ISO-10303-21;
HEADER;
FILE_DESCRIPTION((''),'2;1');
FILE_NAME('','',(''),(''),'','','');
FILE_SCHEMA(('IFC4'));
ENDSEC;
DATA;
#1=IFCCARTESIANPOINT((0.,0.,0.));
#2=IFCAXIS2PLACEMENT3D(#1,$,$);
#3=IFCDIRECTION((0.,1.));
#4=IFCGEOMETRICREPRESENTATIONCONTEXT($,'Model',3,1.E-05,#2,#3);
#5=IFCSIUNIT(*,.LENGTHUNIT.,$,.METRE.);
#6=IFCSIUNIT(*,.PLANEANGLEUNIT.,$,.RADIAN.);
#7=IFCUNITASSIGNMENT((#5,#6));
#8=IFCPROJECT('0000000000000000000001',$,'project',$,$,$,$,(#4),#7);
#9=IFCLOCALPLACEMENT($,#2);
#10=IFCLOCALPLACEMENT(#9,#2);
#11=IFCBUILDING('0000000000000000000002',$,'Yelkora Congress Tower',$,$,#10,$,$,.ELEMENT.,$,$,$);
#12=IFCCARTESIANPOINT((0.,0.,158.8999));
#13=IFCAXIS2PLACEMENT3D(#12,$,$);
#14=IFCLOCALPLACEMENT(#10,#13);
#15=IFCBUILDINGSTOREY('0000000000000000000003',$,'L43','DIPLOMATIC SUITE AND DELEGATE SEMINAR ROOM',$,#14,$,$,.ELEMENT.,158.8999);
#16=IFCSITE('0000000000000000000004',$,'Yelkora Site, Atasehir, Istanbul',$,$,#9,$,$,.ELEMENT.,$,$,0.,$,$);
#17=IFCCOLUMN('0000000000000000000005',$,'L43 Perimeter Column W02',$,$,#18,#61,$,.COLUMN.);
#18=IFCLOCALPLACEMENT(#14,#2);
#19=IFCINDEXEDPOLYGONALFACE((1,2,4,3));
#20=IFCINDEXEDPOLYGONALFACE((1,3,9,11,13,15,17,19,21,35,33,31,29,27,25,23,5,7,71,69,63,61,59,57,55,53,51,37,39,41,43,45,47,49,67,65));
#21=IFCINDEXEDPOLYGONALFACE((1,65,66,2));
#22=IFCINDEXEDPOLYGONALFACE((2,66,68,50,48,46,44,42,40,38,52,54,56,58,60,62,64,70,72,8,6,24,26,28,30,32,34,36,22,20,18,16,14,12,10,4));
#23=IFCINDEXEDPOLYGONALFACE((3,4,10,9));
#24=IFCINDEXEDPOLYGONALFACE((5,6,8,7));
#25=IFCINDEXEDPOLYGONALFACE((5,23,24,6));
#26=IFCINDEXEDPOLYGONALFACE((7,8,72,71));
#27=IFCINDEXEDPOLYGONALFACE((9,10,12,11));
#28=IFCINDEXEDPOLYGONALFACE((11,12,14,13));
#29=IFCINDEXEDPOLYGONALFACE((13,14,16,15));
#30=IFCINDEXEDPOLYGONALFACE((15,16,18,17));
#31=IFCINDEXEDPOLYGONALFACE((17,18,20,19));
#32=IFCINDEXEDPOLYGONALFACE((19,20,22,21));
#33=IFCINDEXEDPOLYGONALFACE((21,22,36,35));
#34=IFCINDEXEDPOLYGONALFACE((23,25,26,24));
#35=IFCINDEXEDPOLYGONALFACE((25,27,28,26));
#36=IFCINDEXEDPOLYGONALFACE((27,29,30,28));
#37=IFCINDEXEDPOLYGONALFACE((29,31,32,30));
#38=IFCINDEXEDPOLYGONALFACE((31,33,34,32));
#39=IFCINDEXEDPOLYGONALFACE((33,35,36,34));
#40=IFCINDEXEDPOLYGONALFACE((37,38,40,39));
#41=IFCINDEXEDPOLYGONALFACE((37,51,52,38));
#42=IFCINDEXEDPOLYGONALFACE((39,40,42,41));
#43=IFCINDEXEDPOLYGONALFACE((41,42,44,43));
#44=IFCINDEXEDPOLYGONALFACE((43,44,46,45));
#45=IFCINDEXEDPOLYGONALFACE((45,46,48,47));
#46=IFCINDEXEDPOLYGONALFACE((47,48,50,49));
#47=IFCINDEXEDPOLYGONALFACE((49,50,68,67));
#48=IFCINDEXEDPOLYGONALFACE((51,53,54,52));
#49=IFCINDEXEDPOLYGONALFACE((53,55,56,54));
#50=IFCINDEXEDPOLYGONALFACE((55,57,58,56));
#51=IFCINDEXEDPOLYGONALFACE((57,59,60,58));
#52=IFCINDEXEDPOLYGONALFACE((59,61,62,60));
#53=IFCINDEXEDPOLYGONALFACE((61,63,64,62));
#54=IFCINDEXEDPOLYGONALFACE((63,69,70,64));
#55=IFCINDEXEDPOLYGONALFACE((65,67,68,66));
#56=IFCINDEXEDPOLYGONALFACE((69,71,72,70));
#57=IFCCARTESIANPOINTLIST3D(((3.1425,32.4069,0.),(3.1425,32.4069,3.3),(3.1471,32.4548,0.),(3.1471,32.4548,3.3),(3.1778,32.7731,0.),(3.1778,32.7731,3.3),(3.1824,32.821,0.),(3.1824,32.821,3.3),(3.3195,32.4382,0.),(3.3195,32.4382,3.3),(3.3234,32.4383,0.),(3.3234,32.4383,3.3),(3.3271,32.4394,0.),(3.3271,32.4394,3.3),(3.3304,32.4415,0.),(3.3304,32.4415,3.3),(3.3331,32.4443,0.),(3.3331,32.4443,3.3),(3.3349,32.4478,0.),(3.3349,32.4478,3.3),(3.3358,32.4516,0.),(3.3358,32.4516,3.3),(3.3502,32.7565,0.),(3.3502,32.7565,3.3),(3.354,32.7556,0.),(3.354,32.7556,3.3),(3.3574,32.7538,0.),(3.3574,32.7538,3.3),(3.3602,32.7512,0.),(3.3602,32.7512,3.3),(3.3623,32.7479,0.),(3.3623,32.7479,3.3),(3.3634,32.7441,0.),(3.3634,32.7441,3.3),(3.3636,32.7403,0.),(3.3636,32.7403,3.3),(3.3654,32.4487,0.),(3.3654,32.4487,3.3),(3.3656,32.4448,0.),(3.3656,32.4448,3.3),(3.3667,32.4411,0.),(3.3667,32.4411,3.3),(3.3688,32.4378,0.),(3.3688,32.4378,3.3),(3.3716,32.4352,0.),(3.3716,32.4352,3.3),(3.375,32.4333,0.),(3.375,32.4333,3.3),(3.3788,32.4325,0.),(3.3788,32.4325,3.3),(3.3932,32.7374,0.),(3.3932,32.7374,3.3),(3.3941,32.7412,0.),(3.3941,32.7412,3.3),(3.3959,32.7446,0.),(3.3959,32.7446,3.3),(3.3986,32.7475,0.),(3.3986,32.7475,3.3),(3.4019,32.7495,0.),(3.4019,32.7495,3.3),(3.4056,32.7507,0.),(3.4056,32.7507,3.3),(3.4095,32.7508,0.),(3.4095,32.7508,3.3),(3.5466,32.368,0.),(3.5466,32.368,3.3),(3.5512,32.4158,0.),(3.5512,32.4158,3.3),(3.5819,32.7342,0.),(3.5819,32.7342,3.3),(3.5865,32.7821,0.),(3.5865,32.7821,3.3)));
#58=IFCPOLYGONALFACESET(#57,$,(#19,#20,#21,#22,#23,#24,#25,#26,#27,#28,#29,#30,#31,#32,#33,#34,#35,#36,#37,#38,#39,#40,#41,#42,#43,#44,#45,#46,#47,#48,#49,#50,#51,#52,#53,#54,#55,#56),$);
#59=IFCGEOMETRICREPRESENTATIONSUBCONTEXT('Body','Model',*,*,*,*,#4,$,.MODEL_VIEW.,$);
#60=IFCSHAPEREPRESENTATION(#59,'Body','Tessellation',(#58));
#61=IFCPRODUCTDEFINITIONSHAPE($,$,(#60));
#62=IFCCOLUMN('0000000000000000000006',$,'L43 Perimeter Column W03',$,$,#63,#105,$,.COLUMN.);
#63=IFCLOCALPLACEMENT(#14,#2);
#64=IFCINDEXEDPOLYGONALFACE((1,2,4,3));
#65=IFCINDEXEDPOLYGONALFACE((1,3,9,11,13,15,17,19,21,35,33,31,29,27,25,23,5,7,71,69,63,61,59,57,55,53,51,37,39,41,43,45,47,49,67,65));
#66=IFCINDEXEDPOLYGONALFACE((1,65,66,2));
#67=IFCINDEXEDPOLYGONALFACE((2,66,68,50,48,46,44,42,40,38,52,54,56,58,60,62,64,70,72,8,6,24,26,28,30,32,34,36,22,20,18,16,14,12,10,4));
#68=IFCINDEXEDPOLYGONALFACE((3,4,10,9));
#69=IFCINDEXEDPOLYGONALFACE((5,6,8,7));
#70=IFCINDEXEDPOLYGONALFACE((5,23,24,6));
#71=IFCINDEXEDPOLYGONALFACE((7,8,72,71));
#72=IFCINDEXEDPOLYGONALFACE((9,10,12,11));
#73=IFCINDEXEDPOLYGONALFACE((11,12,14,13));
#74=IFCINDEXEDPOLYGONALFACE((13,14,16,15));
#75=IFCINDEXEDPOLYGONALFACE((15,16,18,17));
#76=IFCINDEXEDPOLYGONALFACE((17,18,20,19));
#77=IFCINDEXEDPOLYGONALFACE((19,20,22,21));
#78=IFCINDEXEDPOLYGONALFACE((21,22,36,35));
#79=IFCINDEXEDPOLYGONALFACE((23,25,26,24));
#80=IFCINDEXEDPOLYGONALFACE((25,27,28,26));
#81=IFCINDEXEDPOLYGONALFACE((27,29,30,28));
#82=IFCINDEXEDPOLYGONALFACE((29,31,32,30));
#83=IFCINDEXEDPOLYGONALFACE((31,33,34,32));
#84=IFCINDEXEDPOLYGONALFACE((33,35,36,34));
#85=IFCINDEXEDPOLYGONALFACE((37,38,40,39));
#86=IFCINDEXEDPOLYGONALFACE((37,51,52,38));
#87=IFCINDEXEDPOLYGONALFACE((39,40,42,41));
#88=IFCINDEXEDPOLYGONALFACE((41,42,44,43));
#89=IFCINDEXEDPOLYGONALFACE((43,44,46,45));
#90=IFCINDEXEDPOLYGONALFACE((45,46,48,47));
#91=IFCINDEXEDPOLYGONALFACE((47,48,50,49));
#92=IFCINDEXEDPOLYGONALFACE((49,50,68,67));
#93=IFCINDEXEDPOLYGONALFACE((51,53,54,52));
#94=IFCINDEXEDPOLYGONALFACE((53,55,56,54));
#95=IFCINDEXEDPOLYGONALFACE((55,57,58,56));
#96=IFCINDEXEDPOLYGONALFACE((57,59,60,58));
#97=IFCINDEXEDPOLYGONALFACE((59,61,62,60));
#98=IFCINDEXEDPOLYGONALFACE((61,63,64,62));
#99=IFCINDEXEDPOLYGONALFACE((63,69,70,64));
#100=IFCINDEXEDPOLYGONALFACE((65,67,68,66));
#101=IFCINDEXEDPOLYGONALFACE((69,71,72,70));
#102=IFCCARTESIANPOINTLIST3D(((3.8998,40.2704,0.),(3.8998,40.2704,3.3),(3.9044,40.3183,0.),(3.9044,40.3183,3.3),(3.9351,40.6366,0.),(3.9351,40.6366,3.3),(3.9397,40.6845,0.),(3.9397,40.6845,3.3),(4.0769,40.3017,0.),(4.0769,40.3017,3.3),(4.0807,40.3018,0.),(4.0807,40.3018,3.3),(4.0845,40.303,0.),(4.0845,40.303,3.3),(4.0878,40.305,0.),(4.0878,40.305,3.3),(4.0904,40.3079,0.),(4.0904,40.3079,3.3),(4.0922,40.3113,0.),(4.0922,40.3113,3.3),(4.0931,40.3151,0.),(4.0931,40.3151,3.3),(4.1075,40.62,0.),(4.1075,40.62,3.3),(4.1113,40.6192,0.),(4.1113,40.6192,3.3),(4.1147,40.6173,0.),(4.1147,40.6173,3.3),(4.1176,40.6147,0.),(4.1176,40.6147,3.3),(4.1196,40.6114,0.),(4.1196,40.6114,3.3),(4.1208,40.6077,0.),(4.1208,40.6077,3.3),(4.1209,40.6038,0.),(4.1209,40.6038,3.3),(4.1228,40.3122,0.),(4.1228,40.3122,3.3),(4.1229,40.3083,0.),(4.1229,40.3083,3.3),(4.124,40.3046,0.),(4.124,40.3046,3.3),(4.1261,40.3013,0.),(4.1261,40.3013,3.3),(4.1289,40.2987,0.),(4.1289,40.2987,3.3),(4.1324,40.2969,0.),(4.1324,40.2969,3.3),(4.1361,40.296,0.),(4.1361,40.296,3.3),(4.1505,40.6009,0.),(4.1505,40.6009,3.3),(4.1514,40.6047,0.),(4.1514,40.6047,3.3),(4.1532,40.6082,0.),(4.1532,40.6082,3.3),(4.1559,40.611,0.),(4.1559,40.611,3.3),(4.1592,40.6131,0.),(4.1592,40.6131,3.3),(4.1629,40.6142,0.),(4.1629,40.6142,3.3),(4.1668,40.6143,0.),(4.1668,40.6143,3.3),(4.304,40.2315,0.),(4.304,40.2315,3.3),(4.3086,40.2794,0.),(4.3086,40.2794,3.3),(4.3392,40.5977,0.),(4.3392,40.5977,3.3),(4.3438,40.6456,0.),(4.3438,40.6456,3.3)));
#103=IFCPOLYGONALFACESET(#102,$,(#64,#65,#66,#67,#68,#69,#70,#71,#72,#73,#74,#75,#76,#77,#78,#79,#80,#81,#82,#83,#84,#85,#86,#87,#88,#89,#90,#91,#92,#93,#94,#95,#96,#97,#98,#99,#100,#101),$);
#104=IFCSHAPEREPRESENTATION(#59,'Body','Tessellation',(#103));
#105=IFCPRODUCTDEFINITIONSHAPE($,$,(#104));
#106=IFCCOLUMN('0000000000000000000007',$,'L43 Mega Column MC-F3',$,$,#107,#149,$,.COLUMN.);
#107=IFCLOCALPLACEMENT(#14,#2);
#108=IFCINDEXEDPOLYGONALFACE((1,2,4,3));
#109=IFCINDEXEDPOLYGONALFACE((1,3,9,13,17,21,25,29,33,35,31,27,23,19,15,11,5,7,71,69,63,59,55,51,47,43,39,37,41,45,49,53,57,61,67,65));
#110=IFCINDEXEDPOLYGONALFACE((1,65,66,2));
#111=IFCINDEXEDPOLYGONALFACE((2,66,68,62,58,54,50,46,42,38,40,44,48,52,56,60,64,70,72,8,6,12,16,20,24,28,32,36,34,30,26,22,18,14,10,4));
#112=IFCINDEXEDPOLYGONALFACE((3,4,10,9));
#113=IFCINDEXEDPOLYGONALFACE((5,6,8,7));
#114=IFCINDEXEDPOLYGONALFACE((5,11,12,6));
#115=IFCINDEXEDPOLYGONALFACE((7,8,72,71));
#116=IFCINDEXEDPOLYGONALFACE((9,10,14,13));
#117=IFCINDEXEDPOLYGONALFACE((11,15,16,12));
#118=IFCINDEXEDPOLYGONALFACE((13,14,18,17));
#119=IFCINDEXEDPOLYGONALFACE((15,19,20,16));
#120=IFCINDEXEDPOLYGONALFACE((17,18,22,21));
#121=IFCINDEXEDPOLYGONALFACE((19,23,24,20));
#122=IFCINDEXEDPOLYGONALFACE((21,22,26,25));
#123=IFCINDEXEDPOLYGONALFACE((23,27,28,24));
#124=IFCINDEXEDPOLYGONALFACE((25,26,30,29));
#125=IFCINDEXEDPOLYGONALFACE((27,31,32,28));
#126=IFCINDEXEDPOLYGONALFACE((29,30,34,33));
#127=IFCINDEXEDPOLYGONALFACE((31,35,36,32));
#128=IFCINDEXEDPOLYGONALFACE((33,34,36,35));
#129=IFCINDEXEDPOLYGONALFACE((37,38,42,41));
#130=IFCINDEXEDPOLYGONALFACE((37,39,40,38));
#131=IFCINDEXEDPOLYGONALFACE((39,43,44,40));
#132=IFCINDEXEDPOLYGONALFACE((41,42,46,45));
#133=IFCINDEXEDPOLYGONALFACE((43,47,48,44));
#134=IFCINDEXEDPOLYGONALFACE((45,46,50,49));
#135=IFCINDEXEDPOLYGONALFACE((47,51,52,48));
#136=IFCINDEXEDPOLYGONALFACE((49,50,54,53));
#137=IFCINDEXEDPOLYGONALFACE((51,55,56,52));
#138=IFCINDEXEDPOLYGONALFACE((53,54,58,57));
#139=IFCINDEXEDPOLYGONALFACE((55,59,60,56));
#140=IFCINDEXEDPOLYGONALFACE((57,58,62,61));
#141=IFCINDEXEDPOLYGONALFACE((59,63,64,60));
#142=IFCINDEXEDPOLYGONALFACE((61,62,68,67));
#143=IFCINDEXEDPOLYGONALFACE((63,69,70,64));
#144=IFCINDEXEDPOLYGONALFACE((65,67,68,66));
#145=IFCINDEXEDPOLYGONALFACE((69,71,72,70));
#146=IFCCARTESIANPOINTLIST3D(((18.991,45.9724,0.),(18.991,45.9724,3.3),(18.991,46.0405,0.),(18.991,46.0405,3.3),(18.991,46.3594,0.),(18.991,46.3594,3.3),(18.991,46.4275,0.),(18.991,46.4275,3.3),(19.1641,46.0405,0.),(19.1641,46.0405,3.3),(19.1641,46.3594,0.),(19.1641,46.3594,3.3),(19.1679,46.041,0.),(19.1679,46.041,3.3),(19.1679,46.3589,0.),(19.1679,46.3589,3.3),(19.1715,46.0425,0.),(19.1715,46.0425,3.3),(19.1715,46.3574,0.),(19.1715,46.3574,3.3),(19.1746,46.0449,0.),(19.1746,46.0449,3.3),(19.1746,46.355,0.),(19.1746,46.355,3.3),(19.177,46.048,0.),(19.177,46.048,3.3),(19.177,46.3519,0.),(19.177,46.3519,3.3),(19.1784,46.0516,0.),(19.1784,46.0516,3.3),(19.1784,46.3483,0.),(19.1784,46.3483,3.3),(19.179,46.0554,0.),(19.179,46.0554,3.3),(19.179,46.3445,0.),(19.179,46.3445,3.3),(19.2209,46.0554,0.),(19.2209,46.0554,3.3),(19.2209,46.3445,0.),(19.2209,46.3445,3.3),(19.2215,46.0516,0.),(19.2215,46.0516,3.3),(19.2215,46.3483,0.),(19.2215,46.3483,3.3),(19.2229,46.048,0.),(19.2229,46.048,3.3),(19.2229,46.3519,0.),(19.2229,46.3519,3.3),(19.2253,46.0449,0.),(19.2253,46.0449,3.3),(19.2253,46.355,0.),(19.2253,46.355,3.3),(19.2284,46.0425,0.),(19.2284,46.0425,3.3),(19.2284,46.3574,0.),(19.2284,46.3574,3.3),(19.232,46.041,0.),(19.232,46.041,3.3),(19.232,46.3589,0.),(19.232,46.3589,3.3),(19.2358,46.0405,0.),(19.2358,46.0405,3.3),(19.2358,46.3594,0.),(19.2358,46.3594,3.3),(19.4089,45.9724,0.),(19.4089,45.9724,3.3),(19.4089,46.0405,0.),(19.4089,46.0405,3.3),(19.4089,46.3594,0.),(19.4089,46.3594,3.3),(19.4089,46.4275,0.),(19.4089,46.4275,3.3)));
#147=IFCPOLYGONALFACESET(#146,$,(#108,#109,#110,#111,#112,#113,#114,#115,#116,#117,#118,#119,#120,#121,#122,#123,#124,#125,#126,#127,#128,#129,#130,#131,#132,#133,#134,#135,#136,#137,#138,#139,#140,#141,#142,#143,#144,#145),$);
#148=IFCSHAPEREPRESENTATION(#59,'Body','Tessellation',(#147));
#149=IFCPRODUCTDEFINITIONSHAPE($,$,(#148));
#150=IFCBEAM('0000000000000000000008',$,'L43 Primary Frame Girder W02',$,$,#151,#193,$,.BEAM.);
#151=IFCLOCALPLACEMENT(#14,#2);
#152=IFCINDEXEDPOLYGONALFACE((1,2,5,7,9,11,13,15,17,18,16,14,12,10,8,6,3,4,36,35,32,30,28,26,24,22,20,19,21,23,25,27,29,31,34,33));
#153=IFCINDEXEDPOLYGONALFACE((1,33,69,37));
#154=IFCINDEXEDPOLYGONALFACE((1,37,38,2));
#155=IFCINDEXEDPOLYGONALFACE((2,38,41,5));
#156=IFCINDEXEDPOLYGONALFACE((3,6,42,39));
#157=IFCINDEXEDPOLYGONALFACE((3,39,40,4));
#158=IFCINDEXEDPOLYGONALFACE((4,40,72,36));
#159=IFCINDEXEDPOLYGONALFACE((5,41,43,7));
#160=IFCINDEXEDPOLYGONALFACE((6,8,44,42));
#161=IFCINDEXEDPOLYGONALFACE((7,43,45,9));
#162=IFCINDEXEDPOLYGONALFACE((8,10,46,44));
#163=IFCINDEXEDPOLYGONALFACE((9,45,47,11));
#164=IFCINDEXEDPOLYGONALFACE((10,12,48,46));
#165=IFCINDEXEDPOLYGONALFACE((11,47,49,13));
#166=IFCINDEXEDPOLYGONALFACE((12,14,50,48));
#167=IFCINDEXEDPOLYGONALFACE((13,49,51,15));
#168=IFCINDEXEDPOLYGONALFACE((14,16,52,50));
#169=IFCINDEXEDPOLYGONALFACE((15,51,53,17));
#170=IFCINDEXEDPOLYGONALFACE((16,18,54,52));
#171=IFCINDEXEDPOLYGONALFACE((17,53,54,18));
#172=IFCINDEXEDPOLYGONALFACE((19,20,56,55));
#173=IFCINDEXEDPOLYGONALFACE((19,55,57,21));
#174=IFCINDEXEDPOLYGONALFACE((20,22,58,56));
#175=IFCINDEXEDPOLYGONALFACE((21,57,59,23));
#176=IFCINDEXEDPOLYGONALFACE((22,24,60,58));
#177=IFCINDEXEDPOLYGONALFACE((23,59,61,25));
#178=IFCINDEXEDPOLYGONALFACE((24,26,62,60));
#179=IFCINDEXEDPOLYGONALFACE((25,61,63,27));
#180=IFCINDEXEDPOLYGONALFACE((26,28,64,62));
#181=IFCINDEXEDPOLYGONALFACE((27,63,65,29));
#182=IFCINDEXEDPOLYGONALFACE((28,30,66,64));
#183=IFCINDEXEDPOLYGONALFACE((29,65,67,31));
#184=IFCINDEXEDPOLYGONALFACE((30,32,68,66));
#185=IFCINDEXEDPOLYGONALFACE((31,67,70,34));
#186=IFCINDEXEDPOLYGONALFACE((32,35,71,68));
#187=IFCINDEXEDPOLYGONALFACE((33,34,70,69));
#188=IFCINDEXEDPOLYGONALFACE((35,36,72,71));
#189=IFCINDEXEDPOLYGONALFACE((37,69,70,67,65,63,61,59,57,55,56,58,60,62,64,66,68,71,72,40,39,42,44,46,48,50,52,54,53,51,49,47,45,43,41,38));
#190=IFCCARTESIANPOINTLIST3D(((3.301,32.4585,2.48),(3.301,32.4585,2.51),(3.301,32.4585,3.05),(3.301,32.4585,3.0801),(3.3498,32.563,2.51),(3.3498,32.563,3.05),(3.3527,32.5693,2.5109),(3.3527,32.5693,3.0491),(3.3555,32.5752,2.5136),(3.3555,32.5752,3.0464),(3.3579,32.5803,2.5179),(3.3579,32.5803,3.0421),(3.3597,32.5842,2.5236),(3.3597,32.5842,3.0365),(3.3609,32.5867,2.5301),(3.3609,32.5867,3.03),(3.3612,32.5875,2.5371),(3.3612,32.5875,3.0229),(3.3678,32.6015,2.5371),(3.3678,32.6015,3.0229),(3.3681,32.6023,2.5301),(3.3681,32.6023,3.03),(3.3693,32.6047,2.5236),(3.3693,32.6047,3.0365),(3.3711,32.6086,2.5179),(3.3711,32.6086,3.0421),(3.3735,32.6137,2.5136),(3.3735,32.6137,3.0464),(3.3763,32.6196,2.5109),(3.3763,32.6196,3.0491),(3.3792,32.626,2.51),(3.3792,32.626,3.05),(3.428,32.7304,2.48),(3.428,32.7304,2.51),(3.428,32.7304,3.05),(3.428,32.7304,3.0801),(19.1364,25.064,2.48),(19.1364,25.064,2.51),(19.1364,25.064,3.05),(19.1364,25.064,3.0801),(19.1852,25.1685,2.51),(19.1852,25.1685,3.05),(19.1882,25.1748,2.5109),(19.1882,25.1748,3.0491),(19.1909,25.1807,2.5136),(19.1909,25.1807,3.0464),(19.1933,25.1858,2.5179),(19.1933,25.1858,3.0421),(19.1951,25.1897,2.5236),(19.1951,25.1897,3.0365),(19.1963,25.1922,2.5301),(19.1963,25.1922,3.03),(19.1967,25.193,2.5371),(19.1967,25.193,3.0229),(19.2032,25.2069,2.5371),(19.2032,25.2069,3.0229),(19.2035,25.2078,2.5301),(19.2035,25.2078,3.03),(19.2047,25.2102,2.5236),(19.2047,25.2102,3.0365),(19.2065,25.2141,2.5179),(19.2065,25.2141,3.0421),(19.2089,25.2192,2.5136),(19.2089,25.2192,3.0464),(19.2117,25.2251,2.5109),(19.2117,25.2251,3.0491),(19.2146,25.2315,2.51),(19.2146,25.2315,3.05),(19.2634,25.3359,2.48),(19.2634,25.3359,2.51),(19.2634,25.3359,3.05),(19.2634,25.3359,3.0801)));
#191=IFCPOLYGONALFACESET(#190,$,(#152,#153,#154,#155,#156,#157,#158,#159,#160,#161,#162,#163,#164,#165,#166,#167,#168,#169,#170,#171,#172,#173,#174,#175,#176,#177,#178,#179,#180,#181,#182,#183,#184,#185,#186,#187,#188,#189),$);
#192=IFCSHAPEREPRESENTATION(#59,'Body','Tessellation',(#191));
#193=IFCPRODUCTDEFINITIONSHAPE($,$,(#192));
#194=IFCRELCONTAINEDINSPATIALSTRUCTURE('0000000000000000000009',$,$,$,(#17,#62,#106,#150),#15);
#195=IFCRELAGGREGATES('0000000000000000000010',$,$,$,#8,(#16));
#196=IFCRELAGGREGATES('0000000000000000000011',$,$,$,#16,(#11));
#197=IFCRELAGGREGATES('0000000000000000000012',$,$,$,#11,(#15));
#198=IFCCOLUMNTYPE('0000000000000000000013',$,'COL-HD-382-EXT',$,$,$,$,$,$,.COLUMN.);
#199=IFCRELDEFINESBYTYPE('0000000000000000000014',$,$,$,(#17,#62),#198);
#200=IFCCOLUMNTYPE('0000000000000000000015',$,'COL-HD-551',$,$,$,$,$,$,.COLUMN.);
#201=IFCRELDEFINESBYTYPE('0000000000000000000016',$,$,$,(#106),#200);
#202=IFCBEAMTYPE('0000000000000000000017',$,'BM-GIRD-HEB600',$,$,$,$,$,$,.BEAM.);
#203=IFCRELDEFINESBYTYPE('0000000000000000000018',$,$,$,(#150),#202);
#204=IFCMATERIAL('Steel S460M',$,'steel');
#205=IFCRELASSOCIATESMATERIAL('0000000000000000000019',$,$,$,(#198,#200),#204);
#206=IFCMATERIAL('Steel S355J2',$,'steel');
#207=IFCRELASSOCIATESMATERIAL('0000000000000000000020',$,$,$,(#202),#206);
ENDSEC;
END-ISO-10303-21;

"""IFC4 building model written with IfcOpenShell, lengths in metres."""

from ifc_helpers import new_model, si_unit, direction, frame, origin, origin_2d, place, context, subcontext, project, spatial, i_section, extrude, material, material_profile, profile_set, type_object, element, save


model = new_model("IFC4")

# Units and contexts
model_context = context("Model", 3, precision=1e-05, world=origin(), true_north=direction((0.0, 1.0)))
body_context = subcontext(model_context, "Body", "Model", "MODEL_VIEW")
ifc_project = project(units=[si_unit("LENGTHUNIT", "METRE"), si_unit("PLANEANGLEUNIT", "RADIAN")], contexts=[model_context])

# Site, building, storey
site_placement = place(None, origin())
site = spatial("IfcSite", under=ifc_project, at=site_placement, Name="Yelkora Site, Atasehir, Istanbul", CompositionType="ELEMENT", RefElevation=0.0)
building_placement = place(site_placement, origin())
building = spatial("IfcBuilding", under=site, at=building_placement, Name="Yelkora Congress Tower", CompositionType="ELEMENT")
storey_placement = place(building_placement, frame((0.0, 0.0, 158.8999)))
storey = spatial("IfcBuildingStorey", under=building, at=storey_placement, Name="L43", Description="DIPLOMATIC SUITE AND DELEGATE SEMINAR ROOM", CompositionType="ELEMENT", Elevation=158.8999)

# Columns
ifc_material_1 = material(Name="Steel S460M", Category="steel")
ifc_material_profile_1 = material_profile(ifc_material_1, i_section(OverallWidth=0.406, OverallDepth=0.416, WebThickness=0.0298, FlangeThickness=0.0481, FilletRadius=0.0149, at=origin_2d()), Name="HD 400x382")
ifc_profile_set_1 = profile_set([ifc_material_profile_1], Name="Steel S460M")
column_type_1 = type_object("IfcColumnType", Name="COL-HD-382-EXT", PredefinedType="COLUMN", material=ifc_profile_set_1)
for number, where, z_axis, x_axis, name in (
    (1, (3.3645, 32.5945, 0.0), (0.0, 0.0, 1.0), (0.995396, -0.095846, 0.0), "L43 Perimeter Column W02"),
    (2, (4.1218, 40.458, 0.0), (0.0, 0.0, 1.0), (0.995396, -0.095846, 0.0), "L43 Perimeter Column W03"),
):
    element("IfcColumn", number, at=place(storey_placement, frame(where, z_axis=z_axis, x_axis=x_axis)), inside=storey, type_object=column_type_1, Name=name, PredefinedType="COLUMN", context=body_context, shape_type="SweptSolid", body=[
        extrude(i_section(OverallWidth=0.406, OverallDepth=0.416, WebThickness=0.0298, FlangeThickness=0.0481, FilletRadius=0.0149, at=origin_2d()), origin(), (0.0, 0.0, 1.0), 3.3),
    ])
ifc_material_profile_2 = material_profile(ifc_material_1, i_section(OverallWidth=0.418, OverallDepth=0.4551, WebThickness=0.042, FlangeThickness=0.0681, FilletRadius=0.0149, at=origin_2d()), Name="HD 400x551")
ifc_profile_set_2 = profile_set([ifc_material_profile_2], Name="Steel S460M")
column_type_2 = type_object("IfcColumnType", Name="COL-HD-551", PredefinedType="COLUMN", material=ifc_profile_set_2)
column_placement = place(storey_placement, frame((19.2, 46.2, 0.0), z_axis=(0.0, 0.0, 1.0), x_axis=(1.0, 0.0, 0.0)))
element("IfcColumn", 3, at=column_placement, inside=storey, type_object=column_type_2, Name="L43 Mega Column MC-F3", PredefinedType="COLUMN", context=body_context, shape_type="SweptSolid", body=[
    extrude(i_section(OverallWidth=0.418, OverallDepth=0.4551, WebThickness=0.042, FlangeThickness=0.0681, FilletRadius=0.0149, at=origin_2d()), origin(), (0.0, 0.0, 1.0), 3.3),
])

# Beam
ifc_material_2 = material(Name="Steel S355J2", Category="steel")
ifc_material_profile_3 = material_profile(ifc_material_2, i_section(OverallWidth=0.3, OverallDepth=0.6001, WebThickness=0.0154, FlangeThickness=0.03, FilletRadius=0.0271, at=origin_2d()), Name="HEB 600")
ifc_profile_set_3 = profile_set([ifc_material_profile_3], Name="Steel S355J2")
beam_type_1 = type_object("IfcBeamType", Name="BM-GIRD-HEB600", PredefinedType="BEAM", material=ifc_profile_set_3)
beam_1_placement = place(storey_placement, frame((3.3645, 32.5945, 2.78), z_axis=(0.906081, -0.423104, 0.0), x_axis=(0.423104, 0.906081, 0.0)))
element("IfcBeam", 4, at=beam_1_placement, inside=storey, type_object=beam_type_1, Name="L43 Primary Frame Girder W02", PredefinedType="BEAM", context=body_context, shape_type="SweptSolid", body=[
    extrude(i_section(OverallWidth=0.3, OverallDepth=0.6001, WebThickness=0.0154, FlangeThickness=0.03, FilletRadius=0.0271, at=origin_2d()), origin(), (0.0, 0.0, 1.0), 17.4768),
])

save(model, "model.ifc")
